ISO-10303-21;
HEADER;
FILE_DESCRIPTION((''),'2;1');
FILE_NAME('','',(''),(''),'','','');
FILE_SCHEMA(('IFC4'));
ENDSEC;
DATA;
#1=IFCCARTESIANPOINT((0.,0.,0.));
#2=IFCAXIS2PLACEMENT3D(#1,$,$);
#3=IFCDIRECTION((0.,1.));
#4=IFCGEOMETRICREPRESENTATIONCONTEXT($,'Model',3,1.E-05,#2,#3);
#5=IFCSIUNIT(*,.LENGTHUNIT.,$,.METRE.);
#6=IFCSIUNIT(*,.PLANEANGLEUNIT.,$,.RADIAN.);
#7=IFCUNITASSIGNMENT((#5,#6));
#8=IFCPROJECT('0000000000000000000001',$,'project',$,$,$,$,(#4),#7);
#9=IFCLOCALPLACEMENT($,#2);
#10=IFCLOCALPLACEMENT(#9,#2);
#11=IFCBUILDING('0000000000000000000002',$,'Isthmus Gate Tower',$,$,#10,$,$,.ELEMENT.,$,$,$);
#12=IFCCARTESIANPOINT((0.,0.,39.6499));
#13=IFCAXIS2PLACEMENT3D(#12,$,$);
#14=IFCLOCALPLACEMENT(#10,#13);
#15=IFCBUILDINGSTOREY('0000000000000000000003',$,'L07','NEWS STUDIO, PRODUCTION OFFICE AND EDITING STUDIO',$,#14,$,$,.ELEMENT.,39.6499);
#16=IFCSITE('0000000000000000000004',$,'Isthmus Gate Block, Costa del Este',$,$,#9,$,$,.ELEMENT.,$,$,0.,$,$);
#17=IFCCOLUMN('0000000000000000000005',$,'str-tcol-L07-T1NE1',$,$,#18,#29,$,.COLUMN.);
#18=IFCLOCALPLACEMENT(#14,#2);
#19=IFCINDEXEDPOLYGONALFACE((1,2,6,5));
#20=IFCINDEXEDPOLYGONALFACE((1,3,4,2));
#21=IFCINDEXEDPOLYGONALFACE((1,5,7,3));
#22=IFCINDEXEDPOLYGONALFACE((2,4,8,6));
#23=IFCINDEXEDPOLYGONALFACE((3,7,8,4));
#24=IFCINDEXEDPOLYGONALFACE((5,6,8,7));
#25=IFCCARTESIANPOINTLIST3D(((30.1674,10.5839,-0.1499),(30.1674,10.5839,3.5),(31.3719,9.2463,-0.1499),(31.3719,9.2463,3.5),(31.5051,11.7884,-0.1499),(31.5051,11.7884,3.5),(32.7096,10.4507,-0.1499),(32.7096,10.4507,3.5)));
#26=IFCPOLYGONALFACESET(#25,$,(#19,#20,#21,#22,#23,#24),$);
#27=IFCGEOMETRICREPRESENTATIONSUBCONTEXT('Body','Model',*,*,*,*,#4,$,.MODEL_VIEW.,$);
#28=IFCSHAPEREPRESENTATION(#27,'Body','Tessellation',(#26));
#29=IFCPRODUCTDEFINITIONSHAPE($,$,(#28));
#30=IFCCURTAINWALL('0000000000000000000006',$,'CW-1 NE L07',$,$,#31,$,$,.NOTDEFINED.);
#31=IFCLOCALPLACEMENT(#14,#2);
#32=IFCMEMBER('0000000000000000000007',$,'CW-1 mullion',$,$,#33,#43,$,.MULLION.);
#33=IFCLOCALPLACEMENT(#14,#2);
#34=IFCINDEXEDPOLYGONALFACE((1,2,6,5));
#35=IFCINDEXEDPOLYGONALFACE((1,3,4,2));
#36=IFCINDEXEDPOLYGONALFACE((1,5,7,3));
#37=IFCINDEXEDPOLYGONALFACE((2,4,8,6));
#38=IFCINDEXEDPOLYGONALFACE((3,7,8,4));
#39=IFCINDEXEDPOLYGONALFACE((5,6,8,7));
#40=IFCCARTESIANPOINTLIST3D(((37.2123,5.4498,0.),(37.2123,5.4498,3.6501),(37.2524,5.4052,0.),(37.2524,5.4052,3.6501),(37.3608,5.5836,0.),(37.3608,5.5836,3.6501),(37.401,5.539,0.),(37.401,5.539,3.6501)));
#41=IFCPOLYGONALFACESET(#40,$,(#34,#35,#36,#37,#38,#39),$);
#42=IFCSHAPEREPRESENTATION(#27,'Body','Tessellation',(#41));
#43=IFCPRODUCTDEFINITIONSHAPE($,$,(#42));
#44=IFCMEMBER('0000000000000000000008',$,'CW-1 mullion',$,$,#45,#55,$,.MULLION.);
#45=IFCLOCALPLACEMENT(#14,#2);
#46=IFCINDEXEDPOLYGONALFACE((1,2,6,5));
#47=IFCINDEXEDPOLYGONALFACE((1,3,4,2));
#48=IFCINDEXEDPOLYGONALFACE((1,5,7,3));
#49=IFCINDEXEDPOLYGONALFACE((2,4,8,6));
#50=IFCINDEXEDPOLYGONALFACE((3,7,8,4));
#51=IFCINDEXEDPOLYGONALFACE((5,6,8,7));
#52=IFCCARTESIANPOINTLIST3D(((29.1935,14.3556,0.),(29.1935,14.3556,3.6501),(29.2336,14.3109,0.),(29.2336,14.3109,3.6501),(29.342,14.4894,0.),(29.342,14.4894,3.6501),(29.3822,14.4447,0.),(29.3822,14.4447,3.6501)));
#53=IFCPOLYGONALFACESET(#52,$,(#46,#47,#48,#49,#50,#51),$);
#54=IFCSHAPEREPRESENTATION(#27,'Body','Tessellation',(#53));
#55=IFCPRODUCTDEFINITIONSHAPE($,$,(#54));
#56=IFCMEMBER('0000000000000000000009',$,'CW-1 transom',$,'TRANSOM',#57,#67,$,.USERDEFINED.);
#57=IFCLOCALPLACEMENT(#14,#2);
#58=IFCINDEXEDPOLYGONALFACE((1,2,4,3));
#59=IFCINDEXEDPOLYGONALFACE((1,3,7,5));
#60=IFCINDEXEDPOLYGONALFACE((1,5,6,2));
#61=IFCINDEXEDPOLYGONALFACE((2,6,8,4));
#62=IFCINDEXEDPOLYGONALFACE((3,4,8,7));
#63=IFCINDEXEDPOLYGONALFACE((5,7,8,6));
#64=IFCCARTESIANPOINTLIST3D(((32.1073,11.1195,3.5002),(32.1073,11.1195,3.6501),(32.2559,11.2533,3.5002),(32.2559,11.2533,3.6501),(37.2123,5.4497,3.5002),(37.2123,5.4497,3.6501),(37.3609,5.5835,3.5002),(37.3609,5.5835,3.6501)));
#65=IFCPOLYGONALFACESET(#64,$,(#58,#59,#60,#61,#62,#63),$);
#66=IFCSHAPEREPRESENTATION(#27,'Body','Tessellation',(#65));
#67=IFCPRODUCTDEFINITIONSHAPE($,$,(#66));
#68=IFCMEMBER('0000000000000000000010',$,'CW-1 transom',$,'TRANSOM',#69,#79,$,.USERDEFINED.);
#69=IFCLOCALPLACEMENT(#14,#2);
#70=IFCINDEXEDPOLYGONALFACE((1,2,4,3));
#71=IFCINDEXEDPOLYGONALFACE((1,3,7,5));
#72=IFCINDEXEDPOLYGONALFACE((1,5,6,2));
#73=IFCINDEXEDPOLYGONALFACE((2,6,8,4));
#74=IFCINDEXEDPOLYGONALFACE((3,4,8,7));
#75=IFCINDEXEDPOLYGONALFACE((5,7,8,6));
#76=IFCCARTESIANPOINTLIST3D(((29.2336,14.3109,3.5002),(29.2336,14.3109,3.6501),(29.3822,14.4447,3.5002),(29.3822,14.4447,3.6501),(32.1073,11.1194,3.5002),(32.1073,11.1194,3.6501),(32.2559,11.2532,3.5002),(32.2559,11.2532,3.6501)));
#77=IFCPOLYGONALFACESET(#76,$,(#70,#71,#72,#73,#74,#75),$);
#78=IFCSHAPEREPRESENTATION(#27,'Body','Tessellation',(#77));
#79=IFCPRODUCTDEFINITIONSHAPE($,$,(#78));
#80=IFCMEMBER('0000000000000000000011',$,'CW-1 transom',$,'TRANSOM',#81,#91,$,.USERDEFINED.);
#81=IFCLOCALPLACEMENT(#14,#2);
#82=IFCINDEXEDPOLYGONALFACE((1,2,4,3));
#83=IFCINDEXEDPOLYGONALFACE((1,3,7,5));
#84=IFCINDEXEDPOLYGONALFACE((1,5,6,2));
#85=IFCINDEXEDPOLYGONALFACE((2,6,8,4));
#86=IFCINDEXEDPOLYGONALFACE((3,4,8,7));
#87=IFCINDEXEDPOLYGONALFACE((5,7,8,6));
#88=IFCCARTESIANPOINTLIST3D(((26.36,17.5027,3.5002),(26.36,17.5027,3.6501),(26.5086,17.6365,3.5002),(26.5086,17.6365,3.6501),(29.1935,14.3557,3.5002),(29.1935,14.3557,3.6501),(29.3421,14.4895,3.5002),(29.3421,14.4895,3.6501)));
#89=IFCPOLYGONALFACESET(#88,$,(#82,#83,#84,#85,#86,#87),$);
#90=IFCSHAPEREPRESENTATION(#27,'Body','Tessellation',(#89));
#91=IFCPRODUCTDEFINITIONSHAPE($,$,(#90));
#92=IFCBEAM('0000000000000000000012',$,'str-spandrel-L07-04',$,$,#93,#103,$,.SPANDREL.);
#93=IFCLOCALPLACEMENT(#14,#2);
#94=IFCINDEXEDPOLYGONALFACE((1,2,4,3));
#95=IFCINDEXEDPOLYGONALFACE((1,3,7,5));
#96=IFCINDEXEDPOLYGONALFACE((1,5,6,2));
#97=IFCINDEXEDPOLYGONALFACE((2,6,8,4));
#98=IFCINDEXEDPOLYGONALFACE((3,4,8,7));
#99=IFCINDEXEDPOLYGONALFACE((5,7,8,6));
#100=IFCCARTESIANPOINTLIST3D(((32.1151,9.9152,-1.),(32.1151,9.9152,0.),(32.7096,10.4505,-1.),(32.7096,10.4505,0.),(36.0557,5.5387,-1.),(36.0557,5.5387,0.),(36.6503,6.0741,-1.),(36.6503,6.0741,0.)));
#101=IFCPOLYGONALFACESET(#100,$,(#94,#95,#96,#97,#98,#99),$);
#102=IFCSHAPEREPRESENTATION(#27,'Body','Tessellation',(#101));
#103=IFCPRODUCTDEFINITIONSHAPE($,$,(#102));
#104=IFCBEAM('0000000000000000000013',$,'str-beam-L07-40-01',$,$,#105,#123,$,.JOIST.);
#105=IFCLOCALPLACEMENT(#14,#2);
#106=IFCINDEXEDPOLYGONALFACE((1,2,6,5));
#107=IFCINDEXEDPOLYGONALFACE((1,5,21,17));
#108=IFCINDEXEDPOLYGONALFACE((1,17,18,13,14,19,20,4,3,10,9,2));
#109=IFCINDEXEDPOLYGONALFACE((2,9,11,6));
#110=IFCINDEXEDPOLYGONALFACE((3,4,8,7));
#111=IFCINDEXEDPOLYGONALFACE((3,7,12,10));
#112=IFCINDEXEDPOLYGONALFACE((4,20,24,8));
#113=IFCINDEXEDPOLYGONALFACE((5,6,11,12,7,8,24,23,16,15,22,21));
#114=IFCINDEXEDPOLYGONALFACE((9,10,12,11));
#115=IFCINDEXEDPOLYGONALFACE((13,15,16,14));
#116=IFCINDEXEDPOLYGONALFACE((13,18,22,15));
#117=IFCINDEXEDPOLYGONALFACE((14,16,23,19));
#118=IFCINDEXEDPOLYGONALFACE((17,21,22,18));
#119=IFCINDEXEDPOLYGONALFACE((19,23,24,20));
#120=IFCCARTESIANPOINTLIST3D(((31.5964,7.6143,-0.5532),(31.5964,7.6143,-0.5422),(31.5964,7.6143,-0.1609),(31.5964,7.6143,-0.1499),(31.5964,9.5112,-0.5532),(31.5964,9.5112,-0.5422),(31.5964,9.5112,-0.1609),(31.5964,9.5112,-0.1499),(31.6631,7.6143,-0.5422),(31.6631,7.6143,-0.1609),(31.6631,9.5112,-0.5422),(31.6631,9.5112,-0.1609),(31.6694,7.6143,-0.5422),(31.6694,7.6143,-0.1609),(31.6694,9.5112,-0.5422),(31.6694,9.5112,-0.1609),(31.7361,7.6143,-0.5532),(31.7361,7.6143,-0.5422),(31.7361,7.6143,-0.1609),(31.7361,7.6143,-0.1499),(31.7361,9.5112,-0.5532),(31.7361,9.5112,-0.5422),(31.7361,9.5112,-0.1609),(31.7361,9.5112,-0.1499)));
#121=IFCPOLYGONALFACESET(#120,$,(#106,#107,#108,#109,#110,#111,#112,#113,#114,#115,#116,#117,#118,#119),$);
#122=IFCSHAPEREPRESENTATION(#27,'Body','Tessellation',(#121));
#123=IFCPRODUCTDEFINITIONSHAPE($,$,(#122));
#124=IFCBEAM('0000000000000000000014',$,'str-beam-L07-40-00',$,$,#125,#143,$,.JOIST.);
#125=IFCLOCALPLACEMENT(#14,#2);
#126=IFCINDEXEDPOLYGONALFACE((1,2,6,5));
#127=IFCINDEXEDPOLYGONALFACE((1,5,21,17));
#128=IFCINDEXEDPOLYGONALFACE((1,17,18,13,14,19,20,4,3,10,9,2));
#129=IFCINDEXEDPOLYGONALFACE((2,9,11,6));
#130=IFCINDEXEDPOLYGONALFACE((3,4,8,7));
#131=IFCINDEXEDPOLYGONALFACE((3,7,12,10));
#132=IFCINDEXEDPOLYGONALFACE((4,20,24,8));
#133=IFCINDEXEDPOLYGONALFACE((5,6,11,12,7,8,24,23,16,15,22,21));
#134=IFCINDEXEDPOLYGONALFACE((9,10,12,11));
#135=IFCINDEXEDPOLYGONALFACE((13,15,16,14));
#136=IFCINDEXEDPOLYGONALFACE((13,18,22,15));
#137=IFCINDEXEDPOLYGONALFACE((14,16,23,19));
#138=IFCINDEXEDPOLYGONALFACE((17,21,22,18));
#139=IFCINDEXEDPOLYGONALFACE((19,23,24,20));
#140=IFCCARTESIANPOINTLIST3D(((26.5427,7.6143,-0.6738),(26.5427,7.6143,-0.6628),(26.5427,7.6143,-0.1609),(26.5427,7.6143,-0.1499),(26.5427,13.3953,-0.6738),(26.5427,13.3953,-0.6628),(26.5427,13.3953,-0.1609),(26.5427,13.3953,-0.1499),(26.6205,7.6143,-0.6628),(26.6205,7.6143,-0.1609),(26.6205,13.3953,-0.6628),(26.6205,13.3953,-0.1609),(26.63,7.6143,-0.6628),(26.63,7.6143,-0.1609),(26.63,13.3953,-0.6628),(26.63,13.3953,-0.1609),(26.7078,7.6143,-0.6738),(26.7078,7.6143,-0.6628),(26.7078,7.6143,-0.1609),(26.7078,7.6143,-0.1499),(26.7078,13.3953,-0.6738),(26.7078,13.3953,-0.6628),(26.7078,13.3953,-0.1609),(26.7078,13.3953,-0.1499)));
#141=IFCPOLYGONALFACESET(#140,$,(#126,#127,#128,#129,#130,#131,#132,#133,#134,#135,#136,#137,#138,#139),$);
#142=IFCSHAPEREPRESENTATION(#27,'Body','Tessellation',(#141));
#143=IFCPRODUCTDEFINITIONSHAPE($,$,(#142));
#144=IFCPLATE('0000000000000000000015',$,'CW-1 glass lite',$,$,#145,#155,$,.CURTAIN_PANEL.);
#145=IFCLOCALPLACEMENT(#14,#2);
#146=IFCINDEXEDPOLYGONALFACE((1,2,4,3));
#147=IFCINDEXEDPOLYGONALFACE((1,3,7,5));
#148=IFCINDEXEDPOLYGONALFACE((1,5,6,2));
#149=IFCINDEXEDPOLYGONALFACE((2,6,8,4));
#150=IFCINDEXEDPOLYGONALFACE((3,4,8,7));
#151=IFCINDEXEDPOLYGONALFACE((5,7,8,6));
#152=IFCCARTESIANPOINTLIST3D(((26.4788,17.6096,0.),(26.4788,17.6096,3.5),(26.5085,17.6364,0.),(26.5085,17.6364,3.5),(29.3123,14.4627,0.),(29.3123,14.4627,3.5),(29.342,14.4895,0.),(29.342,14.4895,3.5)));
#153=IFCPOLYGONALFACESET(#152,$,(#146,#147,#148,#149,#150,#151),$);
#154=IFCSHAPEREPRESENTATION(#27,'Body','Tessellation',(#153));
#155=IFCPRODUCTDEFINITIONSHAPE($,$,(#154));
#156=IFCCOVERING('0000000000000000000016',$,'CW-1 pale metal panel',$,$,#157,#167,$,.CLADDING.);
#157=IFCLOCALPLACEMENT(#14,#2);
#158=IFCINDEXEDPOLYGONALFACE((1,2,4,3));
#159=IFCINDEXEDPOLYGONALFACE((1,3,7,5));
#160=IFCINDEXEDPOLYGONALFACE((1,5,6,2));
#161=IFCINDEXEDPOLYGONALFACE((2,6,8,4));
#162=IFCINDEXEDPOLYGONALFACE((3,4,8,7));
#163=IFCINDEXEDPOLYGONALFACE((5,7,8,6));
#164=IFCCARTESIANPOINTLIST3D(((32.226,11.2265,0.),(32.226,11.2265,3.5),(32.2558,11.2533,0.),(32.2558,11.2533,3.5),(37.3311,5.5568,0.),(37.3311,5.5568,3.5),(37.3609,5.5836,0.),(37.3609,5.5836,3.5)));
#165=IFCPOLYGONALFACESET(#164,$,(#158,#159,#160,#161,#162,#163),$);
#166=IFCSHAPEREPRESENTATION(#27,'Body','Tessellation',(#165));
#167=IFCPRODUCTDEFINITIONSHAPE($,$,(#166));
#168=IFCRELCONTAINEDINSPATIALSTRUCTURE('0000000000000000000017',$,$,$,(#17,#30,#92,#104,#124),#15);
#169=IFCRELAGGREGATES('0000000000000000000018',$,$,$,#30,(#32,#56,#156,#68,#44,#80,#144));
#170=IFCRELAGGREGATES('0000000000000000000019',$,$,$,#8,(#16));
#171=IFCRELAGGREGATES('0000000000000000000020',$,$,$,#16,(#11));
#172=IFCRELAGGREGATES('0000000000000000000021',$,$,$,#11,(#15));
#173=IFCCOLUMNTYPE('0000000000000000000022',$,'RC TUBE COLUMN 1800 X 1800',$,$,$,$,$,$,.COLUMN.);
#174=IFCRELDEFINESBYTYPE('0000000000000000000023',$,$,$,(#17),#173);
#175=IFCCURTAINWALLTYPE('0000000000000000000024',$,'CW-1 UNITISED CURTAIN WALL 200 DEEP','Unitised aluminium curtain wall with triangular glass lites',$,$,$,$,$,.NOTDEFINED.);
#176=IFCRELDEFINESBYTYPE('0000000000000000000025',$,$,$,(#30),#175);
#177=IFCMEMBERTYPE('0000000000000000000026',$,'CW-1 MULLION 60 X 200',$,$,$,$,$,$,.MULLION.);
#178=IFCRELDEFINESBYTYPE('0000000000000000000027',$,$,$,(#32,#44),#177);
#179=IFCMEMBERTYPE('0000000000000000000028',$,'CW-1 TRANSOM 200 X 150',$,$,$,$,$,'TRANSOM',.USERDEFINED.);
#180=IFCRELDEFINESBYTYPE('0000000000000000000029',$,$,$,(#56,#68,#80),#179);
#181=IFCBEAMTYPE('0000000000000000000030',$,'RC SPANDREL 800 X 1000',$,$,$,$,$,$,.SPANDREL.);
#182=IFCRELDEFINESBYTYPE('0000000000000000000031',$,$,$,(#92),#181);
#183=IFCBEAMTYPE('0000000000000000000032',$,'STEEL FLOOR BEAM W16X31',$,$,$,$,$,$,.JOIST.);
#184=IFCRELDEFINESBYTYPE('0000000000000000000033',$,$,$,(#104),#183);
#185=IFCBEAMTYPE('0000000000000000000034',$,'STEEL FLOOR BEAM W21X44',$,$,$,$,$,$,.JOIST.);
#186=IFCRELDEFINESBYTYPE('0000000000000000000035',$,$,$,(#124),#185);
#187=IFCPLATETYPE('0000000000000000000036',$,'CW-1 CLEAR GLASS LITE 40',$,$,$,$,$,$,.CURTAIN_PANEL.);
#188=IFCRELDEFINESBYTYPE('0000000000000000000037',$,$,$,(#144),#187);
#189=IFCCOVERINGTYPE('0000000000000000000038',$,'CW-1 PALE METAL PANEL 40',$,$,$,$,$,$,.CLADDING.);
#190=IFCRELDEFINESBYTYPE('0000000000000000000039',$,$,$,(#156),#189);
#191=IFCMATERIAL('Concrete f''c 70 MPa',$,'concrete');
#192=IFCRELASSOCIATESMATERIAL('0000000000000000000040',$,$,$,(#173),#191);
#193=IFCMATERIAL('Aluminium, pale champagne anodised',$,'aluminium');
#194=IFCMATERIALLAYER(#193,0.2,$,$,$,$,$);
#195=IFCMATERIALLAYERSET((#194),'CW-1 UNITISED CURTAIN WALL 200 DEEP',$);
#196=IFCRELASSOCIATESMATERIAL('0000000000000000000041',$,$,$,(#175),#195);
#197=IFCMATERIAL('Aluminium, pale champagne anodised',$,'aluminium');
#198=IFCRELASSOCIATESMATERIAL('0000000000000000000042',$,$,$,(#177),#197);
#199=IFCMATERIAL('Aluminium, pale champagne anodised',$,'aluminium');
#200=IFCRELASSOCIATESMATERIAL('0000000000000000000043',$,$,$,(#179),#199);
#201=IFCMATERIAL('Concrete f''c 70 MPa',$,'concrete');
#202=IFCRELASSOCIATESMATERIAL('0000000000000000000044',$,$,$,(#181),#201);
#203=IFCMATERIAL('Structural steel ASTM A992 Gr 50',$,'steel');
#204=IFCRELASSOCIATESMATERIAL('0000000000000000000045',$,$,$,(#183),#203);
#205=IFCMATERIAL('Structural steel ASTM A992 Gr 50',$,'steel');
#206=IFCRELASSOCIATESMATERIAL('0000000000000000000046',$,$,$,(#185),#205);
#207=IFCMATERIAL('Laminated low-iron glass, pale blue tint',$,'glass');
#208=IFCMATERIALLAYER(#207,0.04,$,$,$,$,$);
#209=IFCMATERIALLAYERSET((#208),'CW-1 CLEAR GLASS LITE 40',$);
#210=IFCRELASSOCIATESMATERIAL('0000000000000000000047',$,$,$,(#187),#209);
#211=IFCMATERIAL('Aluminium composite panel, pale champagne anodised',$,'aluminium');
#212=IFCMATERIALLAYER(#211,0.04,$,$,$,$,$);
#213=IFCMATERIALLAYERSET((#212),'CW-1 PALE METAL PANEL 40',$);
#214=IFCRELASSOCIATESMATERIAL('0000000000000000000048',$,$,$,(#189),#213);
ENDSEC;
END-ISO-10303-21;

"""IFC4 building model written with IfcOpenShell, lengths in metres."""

from ifc_helpers import new_model, si_unit, direction, frame, origin, origin_2d, place, context, subcontext, project, spatial, rectangle, i_section, extrude, material, layer, layer_set, material_profile, profile_set, type_object, element, aggregate, save


model = new_model("IFC4")

# Units and contexts
model_context = context("Model", 3, precision=1e-05, world=origin(), true_north=direction((0.0, 1.0)))
body_context = subcontext(model_context, "Body", "Model", "MODEL_VIEW")
ifc_project = project(units=[si_unit("LENGTHUNIT", "METRE"), si_unit("PLANEANGLEUNIT", "RADIAN")], contexts=[model_context])

# Site, building, storey
site_placement = place(None, origin())
site = spatial("IfcSite", under=ifc_project, at=site_placement, Name="Isthmus Gate Block, Costa del Este", CompositionType="ELEMENT", RefElevation=0.0)
building_placement = place(site_placement, origin())
building = spatial("IfcBuilding", under=site, at=building_placement, Name="Isthmus Gate Tower", CompositionType="ELEMENT")
storey_placement = place(building_placement, frame((0.0, 0.0, 39.6499)))
storey = spatial("IfcBuildingStorey", under=building, at=storey_placement, Name="L07", Description="NEWS STUDIO, PRODUCTION OFFICE AND EDITING STUDIO", CompositionType="ELEMENT", Elevation=39.6499)

# Column
ifc_material_1 = material(Name="Concrete f'c 70 MPa", Category="concrete")
ifc_material_profile_1 = material_profile(ifc_material_1, rectangle(XDim=1.8, YDim=1.8, at=origin_2d()), Name="RC 1800X1800")
ifc_profile_set_1 = profile_set([ifc_material_profile_1], Name="Concrete f'c 70 MPa")
column_type = type_object("IfcColumnType", Name="RC TUBE COLUMN 1800 X 1800", PredefinedType="COLUMN", material=ifc_profile_set_1)
column_placement = place(storey_placement, frame((31.4385, 10.5173, -0.1499), z_axis=(0.0, 0.0, 1.0), x_axis=(-0.669131, 0.743145, 0.0)))
element("IfcColumn", 1, at=column_placement, inside=storey, type_object=column_type, Name="str-tcol-L07-T1NE1", PredefinedType="COLUMN", context=body_context, shape_type="SweptSolid", body=[
    extrude(rectangle(XDim=1.8, YDim=1.8, at=origin_2d()), origin(), (0.0, 0.0, 1.0), 3.6499),
])

# Curtain wall, members
ifc_material_2 = material(Name="Aluminium, pale champagne anodised", Category="aluminium")
ifc_layer_1 = layer(ifc_material_2, 0.2)
ifc_layer_set_1 = layer_set([ifc_layer_1], Name="CW-1 UNITISED CURTAIN WALL 200 DEEP")
curtain_wall_type = type_object("IfcCurtainWallType", Name="CW-1 UNITISED CURTAIN WALL 200 DEEP", Description="Unitised aluminium curtain wall with triangular glass lites", PredefinedType="NOTDEFINED", material=ifc_layer_set_1)
curtain_wall_placement = place(storey_placement, origin())
curtain_wall = element("IfcCurtainWall", 2, at=curtain_wall_placement, inside=storey, type_object=curtain_wall_type, Name="CW-1 NE L07", PredefinedType="NOTDEFINED")
ifc_material_3 = material(Name="Aluminium, pale champagne anodised", Category="aluminium")
ifc_material_profile_2 = material_profile(ifc_material_3, rectangle(XDim=0.0601, YDim=0.2, at=origin_2d()), Name="60x200")
ifc_profile_set_2 = profile_set([ifc_material_profile_2], Name="Aluminium, pale champagne anodised")
member_type_1 = type_object("IfcMemberType", Name="CW-1 MULLION 60 X 200", PredefinedType="MULLION", material=ifc_profile_set_2)
member_1_placement = place(storey_placement, frame((37.3066, 5.4944, 0.0), z_axis=(0.0, 0.0, 1.0), x_axis=(-0.669131, 0.743145, 0.0)))
member_1 = element("IfcMember", 3, at=member_1_placement, type_object=member_type_1, Name="CW-1 mullion", PredefinedType="MULLION", context=body_context, shape_type="SweptSolid", body=[
    extrude(rectangle(XDim=0.0601, YDim=0.2, at=origin_2d()), origin(), (0.0, 0.0, 1.0), 3.6501),
])
member_2_placement = place(storey_placement, frame((29.2878, 14.4001, 0.0), z_axis=(0.0, 0.0, 1.0), x_axis=(-0.669131, 0.743145, 0.0)))
member_2 = element("IfcMember", 4, at=member_2_placement, type_object=member_type_1, Name="CW-1 mullion", PredefinedType="MULLION", context=body_context, shape_type="SweptSolid", body=[
    extrude(rectangle(XDim=0.0601, YDim=0.2, at=origin_2d()), origin(), (0.0, 0.0, 1.0), 3.6501),
])
ifc_material_4 = material(Name="Aluminium, pale champagne anodised", Category="aluminium")
ifc_material_profile_3 = material_profile(ifc_material_4, rectangle(XDim=0.2, YDim=0.1499, at=origin_2d()), Name="200x150")
ifc_profile_set_3 = profile_set([ifc_material_profile_3], Name="Aluminium, pale champagne anodised")
member_type_2 = type_object("IfcMemberType", Name="CW-1 TRANSOM 200 X 150", ElementType="TRANSOM", PredefinedType="USERDEFINED", material=ifc_profile_set_3)
member_3_placement = place(storey_placement, frame((37.2866, 5.5166, 3.5752), z_axis=(-0.669129, 0.743146, 0.0), x_axis=(-0.743146, -0.669129, 0.0)))
member_3 = element("IfcMember", 5, at=member_3_placement, type_object=member_type_2, Name="CW-1 transom", ObjectType="TRANSOM", PredefinedType="USERDEFINED", context=body_context, shape_type="SweptSolid", body=[
    extrude(rectangle(XDim=0.2, YDim=0.1499, at=origin_2d()), origin(), (0.0, 0.0, 1.0), 7.6294),
])
member_4_placement = place(storey_placement, frame((32.1816, 11.1863, 3.5752), z_axis=(-0.669131, 0.743144, 0.0), x_axis=(-0.743144, -0.669131, 0.0)))
member_4 = element("IfcMember", 6, at=member_4_placement, type_object=member_type_2, Name="CW-1 transom", ObjectType="TRANSOM", PredefinedType="USERDEFINED", context=body_context, shape_type="SweptSolid", body=[
    extrude(rectangle(XDim=0.2, YDim=0.1499, at=origin_2d()), origin(), (0.0, 0.0, 1.0), 4.2947),
])
member_5_placement = place(storey_placement, frame((29.2678, 14.4226, 3.5752), z_axis=(-0.669124, 0.743151, 0.0), x_axis=(-0.743151, -0.669124, 0.0)))
member_5 = element("IfcMember", 7, at=member_5_placement, type_object=member_type_2, Name="CW-1 transom", ObjectType="TRANSOM", PredefinedType="USERDEFINED", context=body_context, shape_type="SweptSolid", body=[
    extrude(rectangle(XDim=0.2, YDim=0.1499, at=origin_2d()), origin(), (0.0, 0.0, 1.0), 4.2346),
])

# Beams
ifc_material_5 = material(Name="Concrete f'c 70 MPa", Category="concrete")
ifc_material_profile_4 = material_profile(ifc_material_5, rectangle(XDim=0.8, YDim=1.0, at=origin_2d()), Name="RC 800X1000")
ifc_profile_set_4 = profile_set([ifc_material_profile_4], Name="Concrete f'c 70 MPa")
beam_type_1 = type_object("IfcBeamType", Name="RC SPANDREL 800 X 1000", PredefinedType="SPANDREL", material=ifc_profile_set_4)
beam_1_placement = place(storey_placement, frame((32.4124, 10.1829, -0.5), z_axis=(0.669139, -0.743137, 0.0), x_axis=(0.743137, 0.669139, 0.0)))
element("IfcBeam", 8, at=beam_1_placement, inside=storey, type_object=beam_type_1, Name="str-spandrel-L07-04", PredefinedType="SPANDREL", context=body_context, shape_type="SweptSolid", body=[
    extrude(rectangle(XDim=0.8, YDim=1.0, at=origin_2d()), origin(), (0.0, 0.0, 1.0), 5.8892),
])
ifc_material_6 = material(Name="Structural steel ASTM A992 Gr 50", Category="steel")
ifc_material_profile_5 = material_profile(ifc_material_6, i_section(OverallWidth=0.1396, OverallDepth=0.4033, WebThickness=0.0063, FlangeThickness=0.011, at=origin_2d()), Name="W16X31")
ifc_profile_set_5 = profile_set([ifc_material_profile_5], Name="Structural steel ASTM A992 Gr 50")
beam_type_2 = type_object("IfcBeamType", Name="STEEL FLOOR BEAM W16X31", PredefinedType="JOIST", material=ifc_profile_set_5)
beam_2_placement = place(storey_placement, frame((31.6663, 7.6143, -0.3516), z_axis=(0.0, 1.0, 0.0), x_axis=(-1.0, 0.0, 0.0)))
element("IfcBeam", 9, at=beam_2_placement, inside=storey, type_object=beam_type_2, Name="str-beam-L07-40-01", PredefinedType="JOIST", context=body_context, shape_type="SweptSolid", body=[
    extrude(i_section(OverallWidth=0.1396, OverallDepth=0.4033, WebThickness=0.0063, FlangeThickness=0.011, at=origin_2d()), origin(), (0.0, 0.0, 1.0), 1.897),
])
ifc_material_7 = material(Name="Structural steel ASTM A992 Gr 50", Category="steel")
ifc_material_profile_6 = material_profile(ifc_material_7, i_section(OverallWidth=0.165, OverallDepth=0.5239, WebThickness=0.0095, FlangeThickness=0.011, at=origin_2d()), Name="W21X44")
ifc_profile_set_6 = profile_set([ifc_material_profile_6], Name="Structural steel ASTM A992 Gr 50")
beam_type_3 = type_object("IfcBeamType", Name="STEEL FLOOR BEAM W21X44", PredefinedType="JOIST", material=ifc_profile_set_6)
beam_3_placement = place(storey_placement, frame((26.6252, 7.6143, -0.4119), z_axis=(0.0, 1.0, 0.0), x_axis=(-1.0, 0.0, 0.0)))
element("IfcBeam", 10, at=beam_3_placement, inside=storey, type_object=beam_type_3, Name="str-beam-L07-40-00", PredefinedType="JOIST", context=body_context, shape_type="SweptSolid", body=[
    extrude(i_section(OverallWidth=0.165, OverallDepth=0.5239, WebThickness=0.0095, FlangeThickness=0.011, at=origin_2d()), origin(), (0.0, 0.0, 1.0), 5.781),
])

# Plate
ifc_material_8 = material(Name="Laminated low-iron glass, pale blue tint", Category="glass")
ifc_layer_2 = layer(ifc_material_8, 0.04)
ifc_layer_set_2 = layer_set([ifc_layer_2], Name="CW-1 CLEAR GLASS LITE 40")
plate_type = type_object("IfcPlateType", Name="CW-1 CLEAR GLASS LITE 40", PredefinedType="CURTAIN_PANEL", material=ifc_layer_set_2)
plate_placement = place(storey_placement, frame((27.9104, 16.0496, 0.0), z_axis=(0.0, 0.0, 1.0), x_axis=(-0.669131, 0.743145, 0.0)))
plate = element("IfcPlate", 11, at=plate_placement, type_object=plate_type, Name="CW-1 glass lite", PredefinedType="CURTAIN_PANEL", context=body_context, shape_type="SweptSolid", body=[
    extrude(rectangle(XDim=4.2346, YDim=0.04, at=origin_2d()), origin(), (0.0, 0.0, 1.0), 3.5),
])

# Covering
ifc_material_9 = material(Name="Aluminium composite panel, pale champagne anodised", Category="aluminium")
ifc_layer_3 = layer(ifc_material_9, 0.04)
ifc_layer_set_3 = layer_set([ifc_layer_3], Name="CW-1 PALE METAL PANEL 40")
covering_type = type_object("IfcCoveringType", Name="CW-1 PALE METAL PANEL 40", PredefinedType="CLADDING", material=ifc_layer_set_3)
covering_1_placement = place(storey_placement, frame((34.7935, 8.405, 0.0), z_axis=(0.0, 0.0, 1.0), x_axis=(-0.669131, 0.743145, 0.0)))
covering_1 = element("IfcCovering", 12, at=covering_1_placement, type_object=covering_type, Name="CW-1 pale metal panel", PredefinedType="CLADDING", context=body_context, shape_type="SweptSolid", body=[
    extrude(rectangle(XDim=7.6294, YDim=0.04, at=origin_2d()), origin(), (0.0, 0.0, 1.0), 3.5),
])
aggregate(curtain_wall, [member_1, member_3, covering_1, member_4, member_2, member_5, plate])

save(model, "model.ifc")
